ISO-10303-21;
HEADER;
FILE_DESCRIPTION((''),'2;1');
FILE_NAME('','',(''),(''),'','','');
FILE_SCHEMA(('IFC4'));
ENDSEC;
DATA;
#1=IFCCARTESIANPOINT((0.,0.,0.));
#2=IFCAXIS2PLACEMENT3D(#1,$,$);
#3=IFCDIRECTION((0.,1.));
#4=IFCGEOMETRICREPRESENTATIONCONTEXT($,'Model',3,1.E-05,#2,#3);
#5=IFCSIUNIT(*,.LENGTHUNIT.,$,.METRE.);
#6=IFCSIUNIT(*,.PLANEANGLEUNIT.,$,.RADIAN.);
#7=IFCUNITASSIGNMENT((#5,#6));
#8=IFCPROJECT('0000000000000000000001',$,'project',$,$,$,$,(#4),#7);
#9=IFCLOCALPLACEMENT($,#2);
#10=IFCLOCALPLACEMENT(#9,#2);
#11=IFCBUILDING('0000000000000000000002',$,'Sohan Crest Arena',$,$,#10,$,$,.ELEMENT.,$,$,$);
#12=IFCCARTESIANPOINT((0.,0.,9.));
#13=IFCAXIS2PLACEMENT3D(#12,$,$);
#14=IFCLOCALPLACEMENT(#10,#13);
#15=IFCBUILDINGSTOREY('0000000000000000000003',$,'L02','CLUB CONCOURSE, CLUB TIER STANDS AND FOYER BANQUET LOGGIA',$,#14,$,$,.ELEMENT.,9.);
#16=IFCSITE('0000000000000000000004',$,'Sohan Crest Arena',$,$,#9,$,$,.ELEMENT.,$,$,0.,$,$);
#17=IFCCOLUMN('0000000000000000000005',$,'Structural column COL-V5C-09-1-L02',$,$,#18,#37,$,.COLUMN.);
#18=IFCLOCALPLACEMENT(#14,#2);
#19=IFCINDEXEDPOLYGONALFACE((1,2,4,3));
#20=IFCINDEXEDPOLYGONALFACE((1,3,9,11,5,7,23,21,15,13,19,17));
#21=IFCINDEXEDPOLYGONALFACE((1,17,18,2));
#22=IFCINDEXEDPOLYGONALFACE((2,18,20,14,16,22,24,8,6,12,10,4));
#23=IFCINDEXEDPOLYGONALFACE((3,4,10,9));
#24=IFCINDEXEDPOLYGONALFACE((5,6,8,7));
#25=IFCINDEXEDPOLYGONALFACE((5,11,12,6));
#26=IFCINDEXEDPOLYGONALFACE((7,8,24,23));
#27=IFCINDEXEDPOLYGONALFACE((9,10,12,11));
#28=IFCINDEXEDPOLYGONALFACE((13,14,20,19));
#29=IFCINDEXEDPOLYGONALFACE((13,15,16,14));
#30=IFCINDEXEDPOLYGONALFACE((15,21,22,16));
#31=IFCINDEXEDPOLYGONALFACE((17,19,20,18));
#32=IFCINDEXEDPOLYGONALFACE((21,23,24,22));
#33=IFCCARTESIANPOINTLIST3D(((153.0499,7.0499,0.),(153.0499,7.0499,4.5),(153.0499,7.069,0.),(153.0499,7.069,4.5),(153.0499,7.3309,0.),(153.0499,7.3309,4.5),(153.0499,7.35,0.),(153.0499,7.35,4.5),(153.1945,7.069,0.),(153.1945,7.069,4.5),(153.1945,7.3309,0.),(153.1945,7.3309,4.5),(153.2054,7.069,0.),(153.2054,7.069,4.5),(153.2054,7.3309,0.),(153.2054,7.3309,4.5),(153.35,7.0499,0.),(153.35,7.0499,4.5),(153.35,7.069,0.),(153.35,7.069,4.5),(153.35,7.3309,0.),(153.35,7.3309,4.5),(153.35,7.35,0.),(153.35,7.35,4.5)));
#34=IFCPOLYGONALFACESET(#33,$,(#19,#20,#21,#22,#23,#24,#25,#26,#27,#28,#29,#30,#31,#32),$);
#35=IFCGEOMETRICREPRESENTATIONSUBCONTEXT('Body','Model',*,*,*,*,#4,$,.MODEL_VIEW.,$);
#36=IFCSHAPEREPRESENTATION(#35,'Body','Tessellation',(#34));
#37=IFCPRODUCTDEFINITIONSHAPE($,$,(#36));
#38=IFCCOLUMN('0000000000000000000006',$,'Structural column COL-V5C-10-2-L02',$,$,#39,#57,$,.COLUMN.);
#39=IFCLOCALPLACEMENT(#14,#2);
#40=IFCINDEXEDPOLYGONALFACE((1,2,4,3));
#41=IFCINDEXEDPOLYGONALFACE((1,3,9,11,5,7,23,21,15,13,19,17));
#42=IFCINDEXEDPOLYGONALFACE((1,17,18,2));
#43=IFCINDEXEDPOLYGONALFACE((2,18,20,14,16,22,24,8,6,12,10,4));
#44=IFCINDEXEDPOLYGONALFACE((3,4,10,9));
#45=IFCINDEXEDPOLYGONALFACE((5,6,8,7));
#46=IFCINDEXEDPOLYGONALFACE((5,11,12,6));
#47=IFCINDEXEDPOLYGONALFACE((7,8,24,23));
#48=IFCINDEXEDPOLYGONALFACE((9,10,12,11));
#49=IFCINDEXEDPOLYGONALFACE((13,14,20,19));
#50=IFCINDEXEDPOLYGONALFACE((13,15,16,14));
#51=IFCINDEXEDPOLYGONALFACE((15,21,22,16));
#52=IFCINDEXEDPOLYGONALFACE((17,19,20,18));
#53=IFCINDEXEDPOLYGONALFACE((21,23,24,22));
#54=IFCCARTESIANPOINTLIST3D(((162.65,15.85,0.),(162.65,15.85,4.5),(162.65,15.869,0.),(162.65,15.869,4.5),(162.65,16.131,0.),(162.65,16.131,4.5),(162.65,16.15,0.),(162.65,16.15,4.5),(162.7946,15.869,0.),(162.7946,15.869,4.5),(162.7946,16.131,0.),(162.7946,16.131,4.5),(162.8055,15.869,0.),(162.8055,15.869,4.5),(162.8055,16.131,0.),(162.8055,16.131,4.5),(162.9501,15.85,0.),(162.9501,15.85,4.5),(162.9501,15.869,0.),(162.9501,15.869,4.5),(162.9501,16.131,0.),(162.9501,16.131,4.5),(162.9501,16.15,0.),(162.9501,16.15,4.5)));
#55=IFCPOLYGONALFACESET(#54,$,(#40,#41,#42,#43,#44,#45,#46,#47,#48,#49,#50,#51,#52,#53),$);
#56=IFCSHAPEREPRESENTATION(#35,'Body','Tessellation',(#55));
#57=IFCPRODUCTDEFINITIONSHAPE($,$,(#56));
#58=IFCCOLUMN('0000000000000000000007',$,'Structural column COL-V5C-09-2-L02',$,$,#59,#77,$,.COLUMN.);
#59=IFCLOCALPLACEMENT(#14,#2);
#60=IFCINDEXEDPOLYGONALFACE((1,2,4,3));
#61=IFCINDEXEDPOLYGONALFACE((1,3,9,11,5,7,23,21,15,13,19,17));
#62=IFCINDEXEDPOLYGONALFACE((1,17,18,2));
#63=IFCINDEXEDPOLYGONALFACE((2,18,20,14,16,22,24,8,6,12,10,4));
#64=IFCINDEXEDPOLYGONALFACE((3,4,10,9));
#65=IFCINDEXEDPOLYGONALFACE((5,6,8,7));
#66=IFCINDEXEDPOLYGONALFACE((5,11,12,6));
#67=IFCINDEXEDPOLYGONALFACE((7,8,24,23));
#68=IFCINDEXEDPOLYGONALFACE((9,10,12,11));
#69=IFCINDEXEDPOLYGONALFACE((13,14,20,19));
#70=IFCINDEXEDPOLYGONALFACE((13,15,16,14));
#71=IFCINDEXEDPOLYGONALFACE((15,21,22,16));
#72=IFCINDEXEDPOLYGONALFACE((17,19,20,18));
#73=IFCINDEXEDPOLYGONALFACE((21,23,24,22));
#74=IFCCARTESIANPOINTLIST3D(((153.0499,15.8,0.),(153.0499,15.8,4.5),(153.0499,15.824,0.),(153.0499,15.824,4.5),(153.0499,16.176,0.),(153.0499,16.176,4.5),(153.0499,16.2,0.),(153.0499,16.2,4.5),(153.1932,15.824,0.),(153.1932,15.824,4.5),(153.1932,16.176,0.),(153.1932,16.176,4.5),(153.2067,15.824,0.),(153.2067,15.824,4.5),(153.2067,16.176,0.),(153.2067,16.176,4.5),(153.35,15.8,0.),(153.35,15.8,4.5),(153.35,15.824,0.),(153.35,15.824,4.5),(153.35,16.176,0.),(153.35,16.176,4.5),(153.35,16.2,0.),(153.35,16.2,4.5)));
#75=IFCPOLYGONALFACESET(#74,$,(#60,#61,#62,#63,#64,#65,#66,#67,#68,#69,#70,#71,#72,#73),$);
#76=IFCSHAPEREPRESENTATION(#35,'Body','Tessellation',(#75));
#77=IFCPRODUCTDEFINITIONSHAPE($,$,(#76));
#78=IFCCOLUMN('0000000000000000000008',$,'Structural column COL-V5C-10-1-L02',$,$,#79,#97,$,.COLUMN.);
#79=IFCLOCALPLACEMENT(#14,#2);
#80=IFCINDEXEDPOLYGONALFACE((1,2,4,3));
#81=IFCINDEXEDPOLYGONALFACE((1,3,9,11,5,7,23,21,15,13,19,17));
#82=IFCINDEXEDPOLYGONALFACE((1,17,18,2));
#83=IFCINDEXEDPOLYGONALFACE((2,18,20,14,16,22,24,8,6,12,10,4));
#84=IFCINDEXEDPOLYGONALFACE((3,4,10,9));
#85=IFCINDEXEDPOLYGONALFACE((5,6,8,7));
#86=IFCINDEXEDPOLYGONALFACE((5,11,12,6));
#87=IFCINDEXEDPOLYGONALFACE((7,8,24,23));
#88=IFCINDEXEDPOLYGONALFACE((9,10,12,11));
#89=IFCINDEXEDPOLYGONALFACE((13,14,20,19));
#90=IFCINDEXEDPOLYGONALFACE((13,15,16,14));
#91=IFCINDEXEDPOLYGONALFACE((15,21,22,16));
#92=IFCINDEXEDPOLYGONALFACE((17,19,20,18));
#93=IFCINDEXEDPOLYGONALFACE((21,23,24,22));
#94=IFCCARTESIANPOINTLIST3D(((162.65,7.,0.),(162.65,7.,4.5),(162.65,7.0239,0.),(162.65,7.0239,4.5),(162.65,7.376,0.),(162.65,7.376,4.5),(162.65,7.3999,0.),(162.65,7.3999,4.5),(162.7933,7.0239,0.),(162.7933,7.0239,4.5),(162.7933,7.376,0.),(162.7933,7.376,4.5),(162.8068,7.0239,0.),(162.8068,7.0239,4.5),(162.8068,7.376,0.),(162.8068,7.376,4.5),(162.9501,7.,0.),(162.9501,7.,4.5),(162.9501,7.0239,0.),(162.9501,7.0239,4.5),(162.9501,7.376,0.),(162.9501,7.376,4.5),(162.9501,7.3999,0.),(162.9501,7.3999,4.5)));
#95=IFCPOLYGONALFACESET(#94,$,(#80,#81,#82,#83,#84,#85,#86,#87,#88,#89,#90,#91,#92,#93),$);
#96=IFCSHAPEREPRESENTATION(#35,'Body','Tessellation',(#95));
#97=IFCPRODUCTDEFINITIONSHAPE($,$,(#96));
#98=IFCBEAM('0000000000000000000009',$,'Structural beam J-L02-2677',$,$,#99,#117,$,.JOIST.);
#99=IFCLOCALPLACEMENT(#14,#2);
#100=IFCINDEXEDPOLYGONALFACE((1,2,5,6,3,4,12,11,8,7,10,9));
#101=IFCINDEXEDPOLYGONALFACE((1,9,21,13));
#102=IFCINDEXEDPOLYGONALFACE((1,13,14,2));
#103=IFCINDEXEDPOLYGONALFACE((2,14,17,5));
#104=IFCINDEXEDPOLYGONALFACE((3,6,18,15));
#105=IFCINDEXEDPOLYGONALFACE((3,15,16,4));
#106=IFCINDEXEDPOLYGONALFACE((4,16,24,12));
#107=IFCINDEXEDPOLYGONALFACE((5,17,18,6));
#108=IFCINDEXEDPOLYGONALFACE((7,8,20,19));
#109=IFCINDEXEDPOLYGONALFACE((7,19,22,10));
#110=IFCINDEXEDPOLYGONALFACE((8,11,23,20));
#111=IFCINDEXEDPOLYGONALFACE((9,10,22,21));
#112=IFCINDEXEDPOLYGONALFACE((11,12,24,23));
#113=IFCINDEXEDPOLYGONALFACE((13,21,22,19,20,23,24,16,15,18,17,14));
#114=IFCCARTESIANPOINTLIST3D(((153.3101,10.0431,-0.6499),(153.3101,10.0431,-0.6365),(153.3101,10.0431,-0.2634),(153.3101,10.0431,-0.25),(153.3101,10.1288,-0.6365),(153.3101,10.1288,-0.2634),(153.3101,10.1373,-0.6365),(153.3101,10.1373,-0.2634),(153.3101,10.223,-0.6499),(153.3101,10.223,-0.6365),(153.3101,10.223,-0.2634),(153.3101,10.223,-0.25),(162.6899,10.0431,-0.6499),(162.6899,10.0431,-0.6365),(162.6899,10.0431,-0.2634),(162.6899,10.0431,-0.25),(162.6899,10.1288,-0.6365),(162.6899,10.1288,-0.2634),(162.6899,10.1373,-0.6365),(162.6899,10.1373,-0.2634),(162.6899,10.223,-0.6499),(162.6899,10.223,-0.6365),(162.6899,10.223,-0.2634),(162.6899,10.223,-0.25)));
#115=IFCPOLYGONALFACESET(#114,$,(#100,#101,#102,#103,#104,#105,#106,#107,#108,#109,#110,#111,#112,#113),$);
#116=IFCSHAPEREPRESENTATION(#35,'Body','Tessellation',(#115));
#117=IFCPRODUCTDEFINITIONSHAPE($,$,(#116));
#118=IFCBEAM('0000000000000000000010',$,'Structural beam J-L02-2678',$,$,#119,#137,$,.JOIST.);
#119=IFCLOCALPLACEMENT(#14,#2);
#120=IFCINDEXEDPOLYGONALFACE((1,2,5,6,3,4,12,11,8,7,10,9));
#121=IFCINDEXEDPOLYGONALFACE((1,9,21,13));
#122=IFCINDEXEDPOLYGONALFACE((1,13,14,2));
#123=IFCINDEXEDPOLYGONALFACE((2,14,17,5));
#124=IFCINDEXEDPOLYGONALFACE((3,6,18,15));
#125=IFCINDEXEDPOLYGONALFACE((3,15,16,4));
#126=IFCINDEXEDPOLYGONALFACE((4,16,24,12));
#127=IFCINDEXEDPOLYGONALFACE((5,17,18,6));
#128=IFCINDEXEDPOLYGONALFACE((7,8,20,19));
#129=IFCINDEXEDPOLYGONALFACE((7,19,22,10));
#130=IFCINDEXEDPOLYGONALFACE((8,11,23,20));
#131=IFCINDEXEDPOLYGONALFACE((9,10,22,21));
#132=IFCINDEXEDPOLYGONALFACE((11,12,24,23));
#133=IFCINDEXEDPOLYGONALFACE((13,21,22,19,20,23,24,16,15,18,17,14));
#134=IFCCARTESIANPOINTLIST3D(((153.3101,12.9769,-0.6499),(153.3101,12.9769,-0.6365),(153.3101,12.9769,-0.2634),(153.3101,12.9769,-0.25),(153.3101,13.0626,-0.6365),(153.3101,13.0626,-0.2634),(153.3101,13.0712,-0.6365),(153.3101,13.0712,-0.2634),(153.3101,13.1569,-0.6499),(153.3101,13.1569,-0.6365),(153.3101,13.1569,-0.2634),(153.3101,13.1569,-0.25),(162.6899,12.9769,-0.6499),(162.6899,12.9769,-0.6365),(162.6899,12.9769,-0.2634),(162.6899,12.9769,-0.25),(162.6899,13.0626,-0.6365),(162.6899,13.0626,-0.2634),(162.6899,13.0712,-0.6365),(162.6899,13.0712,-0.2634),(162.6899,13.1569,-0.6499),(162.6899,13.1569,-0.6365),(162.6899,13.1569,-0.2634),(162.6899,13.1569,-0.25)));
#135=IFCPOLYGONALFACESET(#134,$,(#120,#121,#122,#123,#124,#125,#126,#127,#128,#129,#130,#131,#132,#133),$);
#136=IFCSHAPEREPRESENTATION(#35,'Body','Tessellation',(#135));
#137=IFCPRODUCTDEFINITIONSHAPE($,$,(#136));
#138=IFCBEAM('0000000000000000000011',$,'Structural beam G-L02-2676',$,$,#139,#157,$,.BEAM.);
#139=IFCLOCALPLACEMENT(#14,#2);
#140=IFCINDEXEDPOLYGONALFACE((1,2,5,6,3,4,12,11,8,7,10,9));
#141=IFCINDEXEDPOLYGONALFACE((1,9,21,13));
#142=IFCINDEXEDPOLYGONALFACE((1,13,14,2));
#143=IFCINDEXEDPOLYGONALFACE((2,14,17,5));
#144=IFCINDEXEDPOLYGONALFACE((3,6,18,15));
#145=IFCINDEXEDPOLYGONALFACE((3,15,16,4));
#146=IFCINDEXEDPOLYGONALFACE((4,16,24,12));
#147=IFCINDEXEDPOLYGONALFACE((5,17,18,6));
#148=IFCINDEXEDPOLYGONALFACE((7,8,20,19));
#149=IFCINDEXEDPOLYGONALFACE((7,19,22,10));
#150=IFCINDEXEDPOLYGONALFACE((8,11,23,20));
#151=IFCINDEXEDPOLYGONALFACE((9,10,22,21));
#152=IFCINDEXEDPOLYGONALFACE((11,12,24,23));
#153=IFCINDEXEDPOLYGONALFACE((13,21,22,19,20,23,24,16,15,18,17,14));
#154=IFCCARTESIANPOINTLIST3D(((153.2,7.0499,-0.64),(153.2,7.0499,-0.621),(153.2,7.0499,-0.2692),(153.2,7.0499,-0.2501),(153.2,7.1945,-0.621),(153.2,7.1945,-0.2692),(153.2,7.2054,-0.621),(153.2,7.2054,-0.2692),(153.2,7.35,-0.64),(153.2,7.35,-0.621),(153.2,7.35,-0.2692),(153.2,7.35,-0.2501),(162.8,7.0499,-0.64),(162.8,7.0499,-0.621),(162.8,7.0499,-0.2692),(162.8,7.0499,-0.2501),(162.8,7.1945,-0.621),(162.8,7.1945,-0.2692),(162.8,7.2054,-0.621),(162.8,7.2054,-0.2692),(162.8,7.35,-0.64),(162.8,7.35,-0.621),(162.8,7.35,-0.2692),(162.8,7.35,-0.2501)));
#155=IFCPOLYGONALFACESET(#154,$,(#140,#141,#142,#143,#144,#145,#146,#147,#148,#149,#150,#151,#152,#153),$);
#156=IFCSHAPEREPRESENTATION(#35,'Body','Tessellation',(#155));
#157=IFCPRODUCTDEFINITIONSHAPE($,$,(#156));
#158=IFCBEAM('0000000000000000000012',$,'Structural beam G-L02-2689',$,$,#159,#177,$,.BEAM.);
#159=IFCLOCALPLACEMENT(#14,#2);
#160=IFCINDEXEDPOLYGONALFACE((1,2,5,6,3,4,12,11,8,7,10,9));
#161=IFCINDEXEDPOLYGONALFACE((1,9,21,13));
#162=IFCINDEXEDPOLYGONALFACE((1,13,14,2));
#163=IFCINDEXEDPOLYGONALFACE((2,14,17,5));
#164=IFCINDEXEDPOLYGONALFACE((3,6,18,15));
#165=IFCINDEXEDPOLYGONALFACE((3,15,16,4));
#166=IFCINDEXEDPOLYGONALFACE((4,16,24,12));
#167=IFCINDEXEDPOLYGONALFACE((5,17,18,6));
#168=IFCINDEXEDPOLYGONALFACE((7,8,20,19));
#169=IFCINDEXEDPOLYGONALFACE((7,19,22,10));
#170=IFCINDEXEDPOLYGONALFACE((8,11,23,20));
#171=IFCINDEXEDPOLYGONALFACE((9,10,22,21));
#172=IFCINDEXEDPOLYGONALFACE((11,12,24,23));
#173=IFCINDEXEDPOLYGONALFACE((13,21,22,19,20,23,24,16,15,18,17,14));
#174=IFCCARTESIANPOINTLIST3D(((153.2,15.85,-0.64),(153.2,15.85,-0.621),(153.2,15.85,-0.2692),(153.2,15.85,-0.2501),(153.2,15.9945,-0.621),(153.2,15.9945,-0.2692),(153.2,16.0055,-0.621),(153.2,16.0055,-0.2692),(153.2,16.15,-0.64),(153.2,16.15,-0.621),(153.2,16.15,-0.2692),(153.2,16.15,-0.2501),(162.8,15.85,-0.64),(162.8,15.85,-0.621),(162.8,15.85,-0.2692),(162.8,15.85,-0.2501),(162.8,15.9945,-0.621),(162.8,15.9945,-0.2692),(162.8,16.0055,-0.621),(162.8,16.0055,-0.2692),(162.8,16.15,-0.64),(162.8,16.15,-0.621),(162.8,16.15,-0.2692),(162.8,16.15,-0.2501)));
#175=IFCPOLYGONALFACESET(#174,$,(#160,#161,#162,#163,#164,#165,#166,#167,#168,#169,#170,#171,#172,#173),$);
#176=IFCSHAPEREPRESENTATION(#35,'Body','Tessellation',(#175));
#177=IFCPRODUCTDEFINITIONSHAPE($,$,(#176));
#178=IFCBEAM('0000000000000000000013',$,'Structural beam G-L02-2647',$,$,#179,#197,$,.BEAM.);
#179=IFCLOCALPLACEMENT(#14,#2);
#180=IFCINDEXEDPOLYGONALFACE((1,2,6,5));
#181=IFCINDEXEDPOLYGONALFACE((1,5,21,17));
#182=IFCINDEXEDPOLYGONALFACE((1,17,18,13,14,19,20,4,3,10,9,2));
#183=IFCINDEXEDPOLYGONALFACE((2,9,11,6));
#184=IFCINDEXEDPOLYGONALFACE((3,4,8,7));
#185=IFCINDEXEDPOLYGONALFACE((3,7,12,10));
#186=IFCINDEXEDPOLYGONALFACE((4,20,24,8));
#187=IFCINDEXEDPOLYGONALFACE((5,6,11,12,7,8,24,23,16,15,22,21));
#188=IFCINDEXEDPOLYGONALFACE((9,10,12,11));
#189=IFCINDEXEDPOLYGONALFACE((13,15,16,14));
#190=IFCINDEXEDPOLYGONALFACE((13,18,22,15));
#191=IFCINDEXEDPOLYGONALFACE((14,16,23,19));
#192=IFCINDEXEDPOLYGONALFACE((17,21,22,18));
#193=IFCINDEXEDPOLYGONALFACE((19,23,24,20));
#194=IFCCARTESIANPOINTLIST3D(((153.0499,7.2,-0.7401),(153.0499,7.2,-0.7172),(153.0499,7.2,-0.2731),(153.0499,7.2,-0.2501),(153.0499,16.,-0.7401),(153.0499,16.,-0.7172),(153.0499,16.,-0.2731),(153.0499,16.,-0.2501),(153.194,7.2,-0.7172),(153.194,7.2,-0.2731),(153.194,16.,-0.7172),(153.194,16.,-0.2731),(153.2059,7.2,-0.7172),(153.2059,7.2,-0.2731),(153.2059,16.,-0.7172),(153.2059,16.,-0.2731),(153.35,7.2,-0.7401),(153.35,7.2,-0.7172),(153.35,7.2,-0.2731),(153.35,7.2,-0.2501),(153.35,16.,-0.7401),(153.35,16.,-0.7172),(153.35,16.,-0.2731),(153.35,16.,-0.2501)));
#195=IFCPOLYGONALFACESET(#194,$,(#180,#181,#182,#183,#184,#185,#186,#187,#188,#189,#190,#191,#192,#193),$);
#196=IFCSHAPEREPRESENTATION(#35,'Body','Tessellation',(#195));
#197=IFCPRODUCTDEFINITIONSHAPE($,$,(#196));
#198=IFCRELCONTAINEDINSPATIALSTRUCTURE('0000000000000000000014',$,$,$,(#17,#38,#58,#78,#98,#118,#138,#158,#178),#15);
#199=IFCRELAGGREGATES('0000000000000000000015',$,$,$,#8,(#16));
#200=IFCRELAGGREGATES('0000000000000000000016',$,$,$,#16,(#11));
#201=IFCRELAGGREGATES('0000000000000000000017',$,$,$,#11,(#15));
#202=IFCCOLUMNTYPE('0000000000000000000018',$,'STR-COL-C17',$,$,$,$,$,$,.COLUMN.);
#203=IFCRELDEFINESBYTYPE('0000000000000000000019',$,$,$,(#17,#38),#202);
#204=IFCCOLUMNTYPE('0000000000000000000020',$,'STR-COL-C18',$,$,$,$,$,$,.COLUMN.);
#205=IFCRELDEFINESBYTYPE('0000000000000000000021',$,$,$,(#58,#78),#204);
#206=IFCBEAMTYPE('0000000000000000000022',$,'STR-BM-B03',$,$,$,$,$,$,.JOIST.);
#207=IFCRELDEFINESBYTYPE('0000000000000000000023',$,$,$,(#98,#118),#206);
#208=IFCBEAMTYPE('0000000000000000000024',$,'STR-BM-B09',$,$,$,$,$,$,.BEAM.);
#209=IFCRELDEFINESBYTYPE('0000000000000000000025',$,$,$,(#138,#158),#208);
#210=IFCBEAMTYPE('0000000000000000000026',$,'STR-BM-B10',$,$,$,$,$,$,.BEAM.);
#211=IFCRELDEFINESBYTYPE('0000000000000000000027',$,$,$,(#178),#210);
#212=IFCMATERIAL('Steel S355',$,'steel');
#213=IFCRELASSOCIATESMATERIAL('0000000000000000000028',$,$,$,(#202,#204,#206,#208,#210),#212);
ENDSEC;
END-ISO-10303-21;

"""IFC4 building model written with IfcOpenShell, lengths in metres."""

from ifc_helpers import new_model, si_unit, direction, frame, origin, origin_2d, place, context, subcontext, project, spatial, i_section, extrude, material, material_profile, profile_set, type_object, element, save


model = new_model("IFC4")

# Units and contexts
model_context = context("Model", 3, precision=1e-05, world=origin(), true_north=direction((0.0, 1.0)))
body_context = subcontext(model_context, "Body", "Model", "MODEL_VIEW")
ifc_project = project(units=[si_unit("LENGTHUNIT", "METRE"), si_unit("PLANEANGLEUNIT", "RADIAN")], contexts=[model_context])

# Site, building, storey
site_placement = place(None, origin())
site = spatial("IfcSite", under=ifc_project, at=site_placement, Name="Sohan Crest Arena", CompositionType="ELEMENT", RefElevation=0.0)
building_placement = place(site_placement, origin())
building = spatial("IfcBuilding", under=site, at=building_placement, Name="Sohan Crest Arena", CompositionType="ELEMENT")
storey_placement = place(building_placement, frame((0.0, 0.0, 9.0)))
storey = spatial("IfcBuildingStorey", under=building, at=storey_placement, Name="L02", Description="CLUB CONCOURSE, CLUB TIER STANDS AND FOYER BANQUET LOGGIA", CompositionType="ELEMENT", Elevation=9.0)

# Columns
ifc_material_1 = material(Name="Steel S355", Category="steel")
ifc_material_profile_1 = material_profile(ifc_material_1, i_section(OverallWidth=0.3, OverallDepth=0.3, WebThickness=0.011, FlangeThickness=0.019, at=origin_2d()), Name="HEB 300")
ifc_profile_set_1 = profile_set([ifc_material_profile_1], Name="Steel S355")
column_type_1 = type_object("IfcColumnType", Name="STR-COL-C17", PredefinedType="COLUMN", material=ifc_profile_set_1)
for number, where, z_axis, x_axis, name in (
    (1, (153.2, 7.2, 0.0), (0.0, 0.0, 1.0), (1.0, 0.0, 0.0), "Structural column COL-V5C-09-1-L02"),
    (2, (162.8, 16.0, 0.0), (0.0, 0.0, 1.0), (1.0, 0.0, 0.0), "Structural column COL-V5C-10-2-L02"),
):
    element("IfcColumn", number, at=place(storey_placement, frame(where, z_axis=z_axis, x_axis=x_axis)), inside=storey, type_object=column_type_1, Name=name, PredefinedType="COLUMN", context=body_context, shape_type="SweptSolid", body=[
        extrude(i_section(OverallWidth=0.3, OverallDepth=0.3, WebThickness=0.011, FlangeThickness=0.019, at=origin_2d()), origin(), (0.0, 0.0, 1.0), 4.5),
    ])
ifc_material_profile_2 = material_profile(ifc_material_1, i_section(OverallWidth=0.3, OverallDepth=0.3999, WebThickness=0.0134, FlangeThickness=0.0239, at=origin_2d()), Name="HEB 400")
ifc_profile_set_2 = profile_set([ifc_material_profile_2], Name="Steel S355")
column_type_2 = type_object("IfcColumnType", Name="STR-COL-C18", PredefinedType="COLUMN", material=ifc_profile_set_2)
for number, where, z_axis, x_axis, name in (
    (3, (153.2, 16.0, 0.0), (0.0, 0.0, 1.0), (1.0, 0.0, 0.0), "Structural column COL-V5C-09-2-L02"),
    (4, (162.8, 7.2, 0.0), (0.0, 0.0, 1.0), (1.0, 0.0, 0.0), "Structural column COL-V5C-10-1-L02"),
):
    element("IfcColumn", number, at=place(storey_placement, frame(where, z_axis=z_axis, x_axis=x_axis)), inside=storey, type_object=column_type_2, Name=name, PredefinedType="COLUMN", context=body_context, shape_type="SweptSolid", body=[
        extrude(i_section(OverallWidth=0.3, OverallDepth=0.3999, WebThickness=0.0134, FlangeThickness=0.0239, at=origin_2d()), origin(), (0.0, 0.0, 1.0), 4.5),
    ])

# Beams
ifc_material_profile_3 = material_profile(ifc_material_1, i_section(OverallWidth=0.1799, OverallDepth=0.3999, WebThickness=0.0085, FlangeThickness=0.0134, at=origin_2d()), Name="IPE 400")
ifc_profile_set_3 = profile_set([ifc_material_profile_3], Name="Steel S355")
beam_type_1 = type_object("IfcBeamType", Name="STR-BM-B03", PredefinedType="JOIST", material=ifc_profile_set_3)
for number, where, z_axis, x_axis, name in (
    (5, (153.3101, 10.1331, -0.45), (1.0, 0.0, 0.0), (0.0, 1.0, 0.0), "Structural beam J-L02-2677"),
    (6, (153.3101, 13.0669, -0.45), (1.0, 0.0, 0.0), (0.0, 1.0, 0.0), "Structural beam J-L02-2678"),
):
    element("IfcBeam", number, at=place(storey_placement, frame(where, z_axis=z_axis, x_axis=x_axis)), inside=storey, type_object=beam_type_1, Name=name, PredefinedType="JOIST", context=body_context, shape_type="SweptSolid", body=[
        extrude(i_section(OverallWidth=0.1799, OverallDepth=0.3999, WebThickness=0.0085, FlangeThickness=0.0134, at=origin_2d()), origin(), (0.0, 0.0, 1.0), 9.3799),
    ])
ifc_material_profile_4 = material_profile(ifc_material_1, i_section(OverallWidth=0.3, OverallDepth=0.3899, WebThickness=0.011, FlangeThickness=0.019, at=origin_2d()), Name="HEA 400")
ifc_profile_set_4 = profile_set([ifc_material_profile_4], Name="Steel S355")
beam_type_2 = type_object("IfcBeamType", Name="STR-BM-B09", PredefinedType="BEAM", material=ifc_profile_set_4)
for number, where, z_axis, x_axis, name in (
    (7, (153.2, 7.2, -0.4451), (1.0, 0.0, 0.0), (0.0, 1.0, 0.0), "Structural beam G-L02-2676"),
    (8, (153.2, 16.0, -0.4451), (1.0, 0.0, 0.0), (0.0, 1.0, 0.0), "Structural beam G-L02-2689"),
):
    element("IfcBeam", number, at=place(storey_placement, frame(where, z_axis=z_axis, x_axis=x_axis)), inside=storey, type_object=beam_type_2, Name=name, PredefinedType="BEAM", context=body_context, shape_type="SweptSolid", body=[
        extrude(i_section(OverallWidth=0.3, OverallDepth=0.3899, WebThickness=0.011, FlangeThickness=0.019, at=origin_2d()), origin(), (0.0, 0.0, 1.0), 9.6001),
    ])
ifc_material_profile_5 = material_profile(ifc_material_1, i_section(OverallWidth=0.3, OverallDepth=0.49, WebThickness=0.012, FlangeThickness=0.0229, at=origin_2d()), Name="HEA 500")
ifc_profile_set_5 = profile_set([ifc_material_profile_5], Name="Steel S355")
beam_type_3 = type_object("IfcBeamType", Name="STR-BM-B10", PredefinedType="BEAM", material=ifc_profile_set_5)
beam_1_placement = place(storey_placement, frame((153.2, 7.2, -0.4951), z_axis=(0.0, 1.0, 0.0), x_axis=(-1.0, 0.0, 0.0)))
element("IfcBeam", 9, at=beam_1_placement, inside=storey, type_object=beam_type_3, Name="Structural beam G-L02-2647", PredefinedType="BEAM", context=body_context, shape_type="SweptSolid", body=[
    extrude(i_section(OverallWidth=0.3, OverallDepth=0.49, WebThickness=0.012, FlangeThickness=0.0229, at=origin_2d()), origin(), (0.0, 0.0, 1.0), 8.8),
])

save(model, "model.ifc")
